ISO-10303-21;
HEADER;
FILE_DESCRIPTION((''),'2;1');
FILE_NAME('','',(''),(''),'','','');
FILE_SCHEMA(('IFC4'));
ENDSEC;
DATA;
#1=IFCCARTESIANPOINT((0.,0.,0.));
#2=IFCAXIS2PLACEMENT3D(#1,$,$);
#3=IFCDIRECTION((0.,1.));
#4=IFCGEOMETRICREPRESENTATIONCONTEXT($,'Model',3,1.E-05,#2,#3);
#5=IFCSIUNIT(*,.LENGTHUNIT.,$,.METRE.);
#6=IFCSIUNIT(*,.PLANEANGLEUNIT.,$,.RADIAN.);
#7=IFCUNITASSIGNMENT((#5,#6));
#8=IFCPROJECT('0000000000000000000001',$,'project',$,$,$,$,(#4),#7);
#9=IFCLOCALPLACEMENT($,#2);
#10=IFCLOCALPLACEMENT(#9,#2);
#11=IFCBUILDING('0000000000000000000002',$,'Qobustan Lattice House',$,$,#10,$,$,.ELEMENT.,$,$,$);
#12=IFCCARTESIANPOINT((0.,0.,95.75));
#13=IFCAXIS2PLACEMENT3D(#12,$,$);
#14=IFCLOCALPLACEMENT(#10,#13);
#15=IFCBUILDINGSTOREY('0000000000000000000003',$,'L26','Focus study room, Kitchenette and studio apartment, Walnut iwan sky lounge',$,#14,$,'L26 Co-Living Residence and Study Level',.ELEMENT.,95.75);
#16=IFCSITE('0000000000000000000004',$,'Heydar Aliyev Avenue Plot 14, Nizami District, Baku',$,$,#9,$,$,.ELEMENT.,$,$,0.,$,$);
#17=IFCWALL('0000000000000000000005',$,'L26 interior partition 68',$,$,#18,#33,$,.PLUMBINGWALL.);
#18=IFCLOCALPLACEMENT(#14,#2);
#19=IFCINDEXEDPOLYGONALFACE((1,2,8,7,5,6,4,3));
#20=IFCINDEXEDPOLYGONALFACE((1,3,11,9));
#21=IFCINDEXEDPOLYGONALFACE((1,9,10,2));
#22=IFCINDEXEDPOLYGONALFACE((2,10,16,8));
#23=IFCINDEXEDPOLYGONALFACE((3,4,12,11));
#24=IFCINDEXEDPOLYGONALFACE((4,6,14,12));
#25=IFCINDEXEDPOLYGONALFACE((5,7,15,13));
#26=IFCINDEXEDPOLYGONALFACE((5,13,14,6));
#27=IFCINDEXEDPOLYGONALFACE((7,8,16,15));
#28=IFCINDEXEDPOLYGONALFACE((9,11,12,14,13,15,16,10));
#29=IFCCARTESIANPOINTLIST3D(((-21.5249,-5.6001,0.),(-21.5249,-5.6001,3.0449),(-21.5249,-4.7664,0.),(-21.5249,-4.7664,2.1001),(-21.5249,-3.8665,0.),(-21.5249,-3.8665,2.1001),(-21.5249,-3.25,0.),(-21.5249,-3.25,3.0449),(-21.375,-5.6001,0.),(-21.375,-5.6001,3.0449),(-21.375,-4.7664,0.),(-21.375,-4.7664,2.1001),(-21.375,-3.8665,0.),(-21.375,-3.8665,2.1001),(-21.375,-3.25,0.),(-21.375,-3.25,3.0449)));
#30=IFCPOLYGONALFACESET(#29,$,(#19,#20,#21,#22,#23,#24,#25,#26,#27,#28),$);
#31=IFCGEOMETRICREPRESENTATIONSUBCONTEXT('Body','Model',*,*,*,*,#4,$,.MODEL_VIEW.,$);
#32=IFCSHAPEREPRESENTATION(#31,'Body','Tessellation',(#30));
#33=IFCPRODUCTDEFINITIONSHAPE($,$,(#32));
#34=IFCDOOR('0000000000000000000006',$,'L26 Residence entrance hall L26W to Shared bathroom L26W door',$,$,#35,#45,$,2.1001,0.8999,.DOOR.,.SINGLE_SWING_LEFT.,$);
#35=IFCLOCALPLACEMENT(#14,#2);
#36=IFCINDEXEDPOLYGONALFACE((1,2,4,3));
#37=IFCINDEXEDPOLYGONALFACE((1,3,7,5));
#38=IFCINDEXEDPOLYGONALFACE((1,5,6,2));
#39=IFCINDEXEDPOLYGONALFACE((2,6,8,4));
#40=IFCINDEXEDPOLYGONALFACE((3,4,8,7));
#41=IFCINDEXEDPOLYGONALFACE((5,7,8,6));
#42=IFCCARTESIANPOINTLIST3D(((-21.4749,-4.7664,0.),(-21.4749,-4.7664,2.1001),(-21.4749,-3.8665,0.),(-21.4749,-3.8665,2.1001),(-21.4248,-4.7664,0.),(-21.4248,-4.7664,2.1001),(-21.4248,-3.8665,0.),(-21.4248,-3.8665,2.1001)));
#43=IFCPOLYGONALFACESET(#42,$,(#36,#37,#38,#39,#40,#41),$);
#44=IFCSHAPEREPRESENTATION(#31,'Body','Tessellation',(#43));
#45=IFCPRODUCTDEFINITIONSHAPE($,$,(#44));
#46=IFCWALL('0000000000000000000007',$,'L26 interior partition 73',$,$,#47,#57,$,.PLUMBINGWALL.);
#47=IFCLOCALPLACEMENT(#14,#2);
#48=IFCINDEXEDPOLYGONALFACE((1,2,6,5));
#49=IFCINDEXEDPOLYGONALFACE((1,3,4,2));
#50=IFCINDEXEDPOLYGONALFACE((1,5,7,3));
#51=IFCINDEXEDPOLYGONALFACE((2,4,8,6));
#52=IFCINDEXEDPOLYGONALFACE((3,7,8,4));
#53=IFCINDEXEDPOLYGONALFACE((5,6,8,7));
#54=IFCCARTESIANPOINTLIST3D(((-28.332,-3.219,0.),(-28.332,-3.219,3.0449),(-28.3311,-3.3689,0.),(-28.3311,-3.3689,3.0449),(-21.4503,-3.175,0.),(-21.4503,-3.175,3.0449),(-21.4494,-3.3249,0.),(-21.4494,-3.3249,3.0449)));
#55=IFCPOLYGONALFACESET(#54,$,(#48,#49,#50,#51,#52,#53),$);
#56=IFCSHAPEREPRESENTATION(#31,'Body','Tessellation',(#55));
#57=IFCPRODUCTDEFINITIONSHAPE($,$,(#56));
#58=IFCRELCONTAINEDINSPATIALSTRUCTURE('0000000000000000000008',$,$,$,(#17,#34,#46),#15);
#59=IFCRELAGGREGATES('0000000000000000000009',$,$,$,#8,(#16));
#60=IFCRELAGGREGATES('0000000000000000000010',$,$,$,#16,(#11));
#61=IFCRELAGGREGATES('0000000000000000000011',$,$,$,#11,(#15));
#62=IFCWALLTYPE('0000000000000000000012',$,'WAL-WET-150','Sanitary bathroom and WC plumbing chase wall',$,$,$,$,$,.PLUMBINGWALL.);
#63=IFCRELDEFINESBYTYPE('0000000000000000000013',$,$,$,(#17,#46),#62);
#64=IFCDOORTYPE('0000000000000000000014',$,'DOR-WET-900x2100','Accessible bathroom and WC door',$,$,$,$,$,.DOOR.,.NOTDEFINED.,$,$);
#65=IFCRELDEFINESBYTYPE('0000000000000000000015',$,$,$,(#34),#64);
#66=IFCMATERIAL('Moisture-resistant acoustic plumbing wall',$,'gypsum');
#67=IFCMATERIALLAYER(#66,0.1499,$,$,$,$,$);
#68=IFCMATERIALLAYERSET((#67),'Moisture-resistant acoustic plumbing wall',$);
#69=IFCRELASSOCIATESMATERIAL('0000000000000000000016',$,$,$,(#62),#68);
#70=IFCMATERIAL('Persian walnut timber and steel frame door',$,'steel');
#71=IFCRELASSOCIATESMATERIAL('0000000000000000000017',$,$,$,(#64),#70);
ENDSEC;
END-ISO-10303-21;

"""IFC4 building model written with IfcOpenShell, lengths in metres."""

from ifc_helpers import new_model, si_unit, direction, frame, frame_2d, origin, place, context, subcontext, project, spatial, rectangle, extrude, material, layer, layer_set, type_object, element, fill, save


model = new_model("IFC4")

# Units and contexts
model_context = context("Model", 3, precision=1e-05, world=origin(), true_north=direction((0.0, 1.0)))
body_context = subcontext(model_context, "Body", "Model", "MODEL_VIEW")
ifc_project = project(units=[si_unit("LENGTHUNIT", "METRE"), si_unit("PLANEANGLEUNIT", "RADIAN")], contexts=[model_context])

# Site, building, storey
site_placement = place(None, origin())
site = spatial("IfcSite", under=ifc_project, at=site_placement, Name="Heydar Aliyev Avenue Plot 14, Nizami District, Baku", CompositionType="ELEMENT", RefElevation=0.0)
building_placement = place(site_placement, origin())
building = spatial("IfcBuilding", under=site, at=building_placement, Name="Qobustan Lattice House", CompositionType="ELEMENT")
storey_placement = place(building_placement, frame((0.0, 0.0, 95.75)))
storey = spatial("IfcBuildingStorey", under=building, at=storey_placement, Name="L26", Description="Focus study room, Kitchenette and studio apartment, Walnut iwan sky lounge", LongName="L26 Co-Living Residence and Study Level", CompositionType="ELEMENT", Elevation=95.75)

# Shared definitions
ifc_material_1 = material(Name="Moisture-resistant acoustic plumbing wall", Category="gypsum")
ifc_layer_1 = layer(ifc_material_1, 0.1499)
ifc_layer_set_1 = layer_set([ifc_layer_1], Name="Moisture-resistant acoustic plumbing wall")
wall_type_1 = type_object("IfcWallType", Name="WAL-WET-150", Description="Sanitary bathroom and WC plumbing chase wall", PredefinedType="PLUMBINGWALL", material=ifc_layer_set_1)

# Wall, opening, door
wall_1_placement = place(storey_placement, frame((-21.45, -5.6001, 0.0), z_axis=(0.0, 0.0, 1.0), x_axis=(0.0, 1.0, 0.0)))
wall_1 = element("IfcWall", 1, at=wall_1_placement, inside=storey, type_object=wall_type_1, Name="L26 interior partition 68", PredefinedType="PLUMBINGWALL", context=body_context, shape_type="SweptSolid", body=[
    extrude(rectangle(XDim=2.3501, YDim=0.1499, at=frame_2d((1.175, 0.0))), origin(), (0.0, 0.0, 1.0), 3.0449),
])
opening_1_placement = place(wall_1_placement, frame((0.8337, 0.0, 0.0)))
opening_1 = element("IfcOpeningElement", 2, at=opening_1_placement, cuts=wall_1, PredefinedType="OPENING", context=body_context, shape_type="SweptSolid", body=[
    extrude(rectangle(XDim=0.8999, YDim=2.1001, at=frame_2d((0.45, 1.05))), frame((0.0, 0.085, 0.0), z_axis=(0.0, -1.0, 0.0), x_axis=(1.0, 0.0, 0.0)), (0.0, 0.0, 1.0), 0.1699),
])
ifc_material_2 = material(Name="Persian walnut timber and steel frame door", Category="steel")
door_type_1 = type_object("IfcDoorType", Name="DOR-WET-900x2100", Description="Accessible bathroom and WC door", OperationType="NOTDEFINED", PredefinedType="DOOR", material=ifc_material_2)
door_1_placement = place(opening_1_placement, origin())
door_1 = element("IfcDoor", 3, at=door_1_placement, inside=storey, type_object=door_type_1, Name="L26 Residence entrance hall L26W to Shared bathroom L26W door", OperationType="SINGLE_SWING_LEFT", OverallHeight=2.1001, OverallWidth=0.8999, PredefinedType="DOOR", context=body_context, shape_type="SweptSolid", body=[
    extrude(rectangle(XDim=0.8999, YDim=2.1001, at=frame_2d((0.45, 1.05))), frame((0.0, 0.0249, 0.0), z_axis=(0.0, -1.0, 0.0), x_axis=(1.0, 0.0, 0.0)), (0.0, 0.0, 1.0), 0.05),
])
fill(opening_1, door_1)

# Wall
wall_2_placement = place(storey_placement, frame((-28.3315, -3.2939, 0.0), z_axis=(0.0, 0.0, 1.0), x_axis=(0.99998, 0.006386, 0.0)))
element("IfcWall", 4, at=wall_2_placement, inside=storey, type_object=wall_type_1, Name="L26 interior partition 73", PredefinedType="PLUMBINGWALL", context=body_context, shape_type="SweptSolid", body=[
    extrude(rectangle(XDim=6.8818, YDim=0.1499, at=frame_2d((3.4409, 0.0))), origin(), (0.0, 0.0, 1.0), 3.0449),
])

save(model, "model.ifc")
